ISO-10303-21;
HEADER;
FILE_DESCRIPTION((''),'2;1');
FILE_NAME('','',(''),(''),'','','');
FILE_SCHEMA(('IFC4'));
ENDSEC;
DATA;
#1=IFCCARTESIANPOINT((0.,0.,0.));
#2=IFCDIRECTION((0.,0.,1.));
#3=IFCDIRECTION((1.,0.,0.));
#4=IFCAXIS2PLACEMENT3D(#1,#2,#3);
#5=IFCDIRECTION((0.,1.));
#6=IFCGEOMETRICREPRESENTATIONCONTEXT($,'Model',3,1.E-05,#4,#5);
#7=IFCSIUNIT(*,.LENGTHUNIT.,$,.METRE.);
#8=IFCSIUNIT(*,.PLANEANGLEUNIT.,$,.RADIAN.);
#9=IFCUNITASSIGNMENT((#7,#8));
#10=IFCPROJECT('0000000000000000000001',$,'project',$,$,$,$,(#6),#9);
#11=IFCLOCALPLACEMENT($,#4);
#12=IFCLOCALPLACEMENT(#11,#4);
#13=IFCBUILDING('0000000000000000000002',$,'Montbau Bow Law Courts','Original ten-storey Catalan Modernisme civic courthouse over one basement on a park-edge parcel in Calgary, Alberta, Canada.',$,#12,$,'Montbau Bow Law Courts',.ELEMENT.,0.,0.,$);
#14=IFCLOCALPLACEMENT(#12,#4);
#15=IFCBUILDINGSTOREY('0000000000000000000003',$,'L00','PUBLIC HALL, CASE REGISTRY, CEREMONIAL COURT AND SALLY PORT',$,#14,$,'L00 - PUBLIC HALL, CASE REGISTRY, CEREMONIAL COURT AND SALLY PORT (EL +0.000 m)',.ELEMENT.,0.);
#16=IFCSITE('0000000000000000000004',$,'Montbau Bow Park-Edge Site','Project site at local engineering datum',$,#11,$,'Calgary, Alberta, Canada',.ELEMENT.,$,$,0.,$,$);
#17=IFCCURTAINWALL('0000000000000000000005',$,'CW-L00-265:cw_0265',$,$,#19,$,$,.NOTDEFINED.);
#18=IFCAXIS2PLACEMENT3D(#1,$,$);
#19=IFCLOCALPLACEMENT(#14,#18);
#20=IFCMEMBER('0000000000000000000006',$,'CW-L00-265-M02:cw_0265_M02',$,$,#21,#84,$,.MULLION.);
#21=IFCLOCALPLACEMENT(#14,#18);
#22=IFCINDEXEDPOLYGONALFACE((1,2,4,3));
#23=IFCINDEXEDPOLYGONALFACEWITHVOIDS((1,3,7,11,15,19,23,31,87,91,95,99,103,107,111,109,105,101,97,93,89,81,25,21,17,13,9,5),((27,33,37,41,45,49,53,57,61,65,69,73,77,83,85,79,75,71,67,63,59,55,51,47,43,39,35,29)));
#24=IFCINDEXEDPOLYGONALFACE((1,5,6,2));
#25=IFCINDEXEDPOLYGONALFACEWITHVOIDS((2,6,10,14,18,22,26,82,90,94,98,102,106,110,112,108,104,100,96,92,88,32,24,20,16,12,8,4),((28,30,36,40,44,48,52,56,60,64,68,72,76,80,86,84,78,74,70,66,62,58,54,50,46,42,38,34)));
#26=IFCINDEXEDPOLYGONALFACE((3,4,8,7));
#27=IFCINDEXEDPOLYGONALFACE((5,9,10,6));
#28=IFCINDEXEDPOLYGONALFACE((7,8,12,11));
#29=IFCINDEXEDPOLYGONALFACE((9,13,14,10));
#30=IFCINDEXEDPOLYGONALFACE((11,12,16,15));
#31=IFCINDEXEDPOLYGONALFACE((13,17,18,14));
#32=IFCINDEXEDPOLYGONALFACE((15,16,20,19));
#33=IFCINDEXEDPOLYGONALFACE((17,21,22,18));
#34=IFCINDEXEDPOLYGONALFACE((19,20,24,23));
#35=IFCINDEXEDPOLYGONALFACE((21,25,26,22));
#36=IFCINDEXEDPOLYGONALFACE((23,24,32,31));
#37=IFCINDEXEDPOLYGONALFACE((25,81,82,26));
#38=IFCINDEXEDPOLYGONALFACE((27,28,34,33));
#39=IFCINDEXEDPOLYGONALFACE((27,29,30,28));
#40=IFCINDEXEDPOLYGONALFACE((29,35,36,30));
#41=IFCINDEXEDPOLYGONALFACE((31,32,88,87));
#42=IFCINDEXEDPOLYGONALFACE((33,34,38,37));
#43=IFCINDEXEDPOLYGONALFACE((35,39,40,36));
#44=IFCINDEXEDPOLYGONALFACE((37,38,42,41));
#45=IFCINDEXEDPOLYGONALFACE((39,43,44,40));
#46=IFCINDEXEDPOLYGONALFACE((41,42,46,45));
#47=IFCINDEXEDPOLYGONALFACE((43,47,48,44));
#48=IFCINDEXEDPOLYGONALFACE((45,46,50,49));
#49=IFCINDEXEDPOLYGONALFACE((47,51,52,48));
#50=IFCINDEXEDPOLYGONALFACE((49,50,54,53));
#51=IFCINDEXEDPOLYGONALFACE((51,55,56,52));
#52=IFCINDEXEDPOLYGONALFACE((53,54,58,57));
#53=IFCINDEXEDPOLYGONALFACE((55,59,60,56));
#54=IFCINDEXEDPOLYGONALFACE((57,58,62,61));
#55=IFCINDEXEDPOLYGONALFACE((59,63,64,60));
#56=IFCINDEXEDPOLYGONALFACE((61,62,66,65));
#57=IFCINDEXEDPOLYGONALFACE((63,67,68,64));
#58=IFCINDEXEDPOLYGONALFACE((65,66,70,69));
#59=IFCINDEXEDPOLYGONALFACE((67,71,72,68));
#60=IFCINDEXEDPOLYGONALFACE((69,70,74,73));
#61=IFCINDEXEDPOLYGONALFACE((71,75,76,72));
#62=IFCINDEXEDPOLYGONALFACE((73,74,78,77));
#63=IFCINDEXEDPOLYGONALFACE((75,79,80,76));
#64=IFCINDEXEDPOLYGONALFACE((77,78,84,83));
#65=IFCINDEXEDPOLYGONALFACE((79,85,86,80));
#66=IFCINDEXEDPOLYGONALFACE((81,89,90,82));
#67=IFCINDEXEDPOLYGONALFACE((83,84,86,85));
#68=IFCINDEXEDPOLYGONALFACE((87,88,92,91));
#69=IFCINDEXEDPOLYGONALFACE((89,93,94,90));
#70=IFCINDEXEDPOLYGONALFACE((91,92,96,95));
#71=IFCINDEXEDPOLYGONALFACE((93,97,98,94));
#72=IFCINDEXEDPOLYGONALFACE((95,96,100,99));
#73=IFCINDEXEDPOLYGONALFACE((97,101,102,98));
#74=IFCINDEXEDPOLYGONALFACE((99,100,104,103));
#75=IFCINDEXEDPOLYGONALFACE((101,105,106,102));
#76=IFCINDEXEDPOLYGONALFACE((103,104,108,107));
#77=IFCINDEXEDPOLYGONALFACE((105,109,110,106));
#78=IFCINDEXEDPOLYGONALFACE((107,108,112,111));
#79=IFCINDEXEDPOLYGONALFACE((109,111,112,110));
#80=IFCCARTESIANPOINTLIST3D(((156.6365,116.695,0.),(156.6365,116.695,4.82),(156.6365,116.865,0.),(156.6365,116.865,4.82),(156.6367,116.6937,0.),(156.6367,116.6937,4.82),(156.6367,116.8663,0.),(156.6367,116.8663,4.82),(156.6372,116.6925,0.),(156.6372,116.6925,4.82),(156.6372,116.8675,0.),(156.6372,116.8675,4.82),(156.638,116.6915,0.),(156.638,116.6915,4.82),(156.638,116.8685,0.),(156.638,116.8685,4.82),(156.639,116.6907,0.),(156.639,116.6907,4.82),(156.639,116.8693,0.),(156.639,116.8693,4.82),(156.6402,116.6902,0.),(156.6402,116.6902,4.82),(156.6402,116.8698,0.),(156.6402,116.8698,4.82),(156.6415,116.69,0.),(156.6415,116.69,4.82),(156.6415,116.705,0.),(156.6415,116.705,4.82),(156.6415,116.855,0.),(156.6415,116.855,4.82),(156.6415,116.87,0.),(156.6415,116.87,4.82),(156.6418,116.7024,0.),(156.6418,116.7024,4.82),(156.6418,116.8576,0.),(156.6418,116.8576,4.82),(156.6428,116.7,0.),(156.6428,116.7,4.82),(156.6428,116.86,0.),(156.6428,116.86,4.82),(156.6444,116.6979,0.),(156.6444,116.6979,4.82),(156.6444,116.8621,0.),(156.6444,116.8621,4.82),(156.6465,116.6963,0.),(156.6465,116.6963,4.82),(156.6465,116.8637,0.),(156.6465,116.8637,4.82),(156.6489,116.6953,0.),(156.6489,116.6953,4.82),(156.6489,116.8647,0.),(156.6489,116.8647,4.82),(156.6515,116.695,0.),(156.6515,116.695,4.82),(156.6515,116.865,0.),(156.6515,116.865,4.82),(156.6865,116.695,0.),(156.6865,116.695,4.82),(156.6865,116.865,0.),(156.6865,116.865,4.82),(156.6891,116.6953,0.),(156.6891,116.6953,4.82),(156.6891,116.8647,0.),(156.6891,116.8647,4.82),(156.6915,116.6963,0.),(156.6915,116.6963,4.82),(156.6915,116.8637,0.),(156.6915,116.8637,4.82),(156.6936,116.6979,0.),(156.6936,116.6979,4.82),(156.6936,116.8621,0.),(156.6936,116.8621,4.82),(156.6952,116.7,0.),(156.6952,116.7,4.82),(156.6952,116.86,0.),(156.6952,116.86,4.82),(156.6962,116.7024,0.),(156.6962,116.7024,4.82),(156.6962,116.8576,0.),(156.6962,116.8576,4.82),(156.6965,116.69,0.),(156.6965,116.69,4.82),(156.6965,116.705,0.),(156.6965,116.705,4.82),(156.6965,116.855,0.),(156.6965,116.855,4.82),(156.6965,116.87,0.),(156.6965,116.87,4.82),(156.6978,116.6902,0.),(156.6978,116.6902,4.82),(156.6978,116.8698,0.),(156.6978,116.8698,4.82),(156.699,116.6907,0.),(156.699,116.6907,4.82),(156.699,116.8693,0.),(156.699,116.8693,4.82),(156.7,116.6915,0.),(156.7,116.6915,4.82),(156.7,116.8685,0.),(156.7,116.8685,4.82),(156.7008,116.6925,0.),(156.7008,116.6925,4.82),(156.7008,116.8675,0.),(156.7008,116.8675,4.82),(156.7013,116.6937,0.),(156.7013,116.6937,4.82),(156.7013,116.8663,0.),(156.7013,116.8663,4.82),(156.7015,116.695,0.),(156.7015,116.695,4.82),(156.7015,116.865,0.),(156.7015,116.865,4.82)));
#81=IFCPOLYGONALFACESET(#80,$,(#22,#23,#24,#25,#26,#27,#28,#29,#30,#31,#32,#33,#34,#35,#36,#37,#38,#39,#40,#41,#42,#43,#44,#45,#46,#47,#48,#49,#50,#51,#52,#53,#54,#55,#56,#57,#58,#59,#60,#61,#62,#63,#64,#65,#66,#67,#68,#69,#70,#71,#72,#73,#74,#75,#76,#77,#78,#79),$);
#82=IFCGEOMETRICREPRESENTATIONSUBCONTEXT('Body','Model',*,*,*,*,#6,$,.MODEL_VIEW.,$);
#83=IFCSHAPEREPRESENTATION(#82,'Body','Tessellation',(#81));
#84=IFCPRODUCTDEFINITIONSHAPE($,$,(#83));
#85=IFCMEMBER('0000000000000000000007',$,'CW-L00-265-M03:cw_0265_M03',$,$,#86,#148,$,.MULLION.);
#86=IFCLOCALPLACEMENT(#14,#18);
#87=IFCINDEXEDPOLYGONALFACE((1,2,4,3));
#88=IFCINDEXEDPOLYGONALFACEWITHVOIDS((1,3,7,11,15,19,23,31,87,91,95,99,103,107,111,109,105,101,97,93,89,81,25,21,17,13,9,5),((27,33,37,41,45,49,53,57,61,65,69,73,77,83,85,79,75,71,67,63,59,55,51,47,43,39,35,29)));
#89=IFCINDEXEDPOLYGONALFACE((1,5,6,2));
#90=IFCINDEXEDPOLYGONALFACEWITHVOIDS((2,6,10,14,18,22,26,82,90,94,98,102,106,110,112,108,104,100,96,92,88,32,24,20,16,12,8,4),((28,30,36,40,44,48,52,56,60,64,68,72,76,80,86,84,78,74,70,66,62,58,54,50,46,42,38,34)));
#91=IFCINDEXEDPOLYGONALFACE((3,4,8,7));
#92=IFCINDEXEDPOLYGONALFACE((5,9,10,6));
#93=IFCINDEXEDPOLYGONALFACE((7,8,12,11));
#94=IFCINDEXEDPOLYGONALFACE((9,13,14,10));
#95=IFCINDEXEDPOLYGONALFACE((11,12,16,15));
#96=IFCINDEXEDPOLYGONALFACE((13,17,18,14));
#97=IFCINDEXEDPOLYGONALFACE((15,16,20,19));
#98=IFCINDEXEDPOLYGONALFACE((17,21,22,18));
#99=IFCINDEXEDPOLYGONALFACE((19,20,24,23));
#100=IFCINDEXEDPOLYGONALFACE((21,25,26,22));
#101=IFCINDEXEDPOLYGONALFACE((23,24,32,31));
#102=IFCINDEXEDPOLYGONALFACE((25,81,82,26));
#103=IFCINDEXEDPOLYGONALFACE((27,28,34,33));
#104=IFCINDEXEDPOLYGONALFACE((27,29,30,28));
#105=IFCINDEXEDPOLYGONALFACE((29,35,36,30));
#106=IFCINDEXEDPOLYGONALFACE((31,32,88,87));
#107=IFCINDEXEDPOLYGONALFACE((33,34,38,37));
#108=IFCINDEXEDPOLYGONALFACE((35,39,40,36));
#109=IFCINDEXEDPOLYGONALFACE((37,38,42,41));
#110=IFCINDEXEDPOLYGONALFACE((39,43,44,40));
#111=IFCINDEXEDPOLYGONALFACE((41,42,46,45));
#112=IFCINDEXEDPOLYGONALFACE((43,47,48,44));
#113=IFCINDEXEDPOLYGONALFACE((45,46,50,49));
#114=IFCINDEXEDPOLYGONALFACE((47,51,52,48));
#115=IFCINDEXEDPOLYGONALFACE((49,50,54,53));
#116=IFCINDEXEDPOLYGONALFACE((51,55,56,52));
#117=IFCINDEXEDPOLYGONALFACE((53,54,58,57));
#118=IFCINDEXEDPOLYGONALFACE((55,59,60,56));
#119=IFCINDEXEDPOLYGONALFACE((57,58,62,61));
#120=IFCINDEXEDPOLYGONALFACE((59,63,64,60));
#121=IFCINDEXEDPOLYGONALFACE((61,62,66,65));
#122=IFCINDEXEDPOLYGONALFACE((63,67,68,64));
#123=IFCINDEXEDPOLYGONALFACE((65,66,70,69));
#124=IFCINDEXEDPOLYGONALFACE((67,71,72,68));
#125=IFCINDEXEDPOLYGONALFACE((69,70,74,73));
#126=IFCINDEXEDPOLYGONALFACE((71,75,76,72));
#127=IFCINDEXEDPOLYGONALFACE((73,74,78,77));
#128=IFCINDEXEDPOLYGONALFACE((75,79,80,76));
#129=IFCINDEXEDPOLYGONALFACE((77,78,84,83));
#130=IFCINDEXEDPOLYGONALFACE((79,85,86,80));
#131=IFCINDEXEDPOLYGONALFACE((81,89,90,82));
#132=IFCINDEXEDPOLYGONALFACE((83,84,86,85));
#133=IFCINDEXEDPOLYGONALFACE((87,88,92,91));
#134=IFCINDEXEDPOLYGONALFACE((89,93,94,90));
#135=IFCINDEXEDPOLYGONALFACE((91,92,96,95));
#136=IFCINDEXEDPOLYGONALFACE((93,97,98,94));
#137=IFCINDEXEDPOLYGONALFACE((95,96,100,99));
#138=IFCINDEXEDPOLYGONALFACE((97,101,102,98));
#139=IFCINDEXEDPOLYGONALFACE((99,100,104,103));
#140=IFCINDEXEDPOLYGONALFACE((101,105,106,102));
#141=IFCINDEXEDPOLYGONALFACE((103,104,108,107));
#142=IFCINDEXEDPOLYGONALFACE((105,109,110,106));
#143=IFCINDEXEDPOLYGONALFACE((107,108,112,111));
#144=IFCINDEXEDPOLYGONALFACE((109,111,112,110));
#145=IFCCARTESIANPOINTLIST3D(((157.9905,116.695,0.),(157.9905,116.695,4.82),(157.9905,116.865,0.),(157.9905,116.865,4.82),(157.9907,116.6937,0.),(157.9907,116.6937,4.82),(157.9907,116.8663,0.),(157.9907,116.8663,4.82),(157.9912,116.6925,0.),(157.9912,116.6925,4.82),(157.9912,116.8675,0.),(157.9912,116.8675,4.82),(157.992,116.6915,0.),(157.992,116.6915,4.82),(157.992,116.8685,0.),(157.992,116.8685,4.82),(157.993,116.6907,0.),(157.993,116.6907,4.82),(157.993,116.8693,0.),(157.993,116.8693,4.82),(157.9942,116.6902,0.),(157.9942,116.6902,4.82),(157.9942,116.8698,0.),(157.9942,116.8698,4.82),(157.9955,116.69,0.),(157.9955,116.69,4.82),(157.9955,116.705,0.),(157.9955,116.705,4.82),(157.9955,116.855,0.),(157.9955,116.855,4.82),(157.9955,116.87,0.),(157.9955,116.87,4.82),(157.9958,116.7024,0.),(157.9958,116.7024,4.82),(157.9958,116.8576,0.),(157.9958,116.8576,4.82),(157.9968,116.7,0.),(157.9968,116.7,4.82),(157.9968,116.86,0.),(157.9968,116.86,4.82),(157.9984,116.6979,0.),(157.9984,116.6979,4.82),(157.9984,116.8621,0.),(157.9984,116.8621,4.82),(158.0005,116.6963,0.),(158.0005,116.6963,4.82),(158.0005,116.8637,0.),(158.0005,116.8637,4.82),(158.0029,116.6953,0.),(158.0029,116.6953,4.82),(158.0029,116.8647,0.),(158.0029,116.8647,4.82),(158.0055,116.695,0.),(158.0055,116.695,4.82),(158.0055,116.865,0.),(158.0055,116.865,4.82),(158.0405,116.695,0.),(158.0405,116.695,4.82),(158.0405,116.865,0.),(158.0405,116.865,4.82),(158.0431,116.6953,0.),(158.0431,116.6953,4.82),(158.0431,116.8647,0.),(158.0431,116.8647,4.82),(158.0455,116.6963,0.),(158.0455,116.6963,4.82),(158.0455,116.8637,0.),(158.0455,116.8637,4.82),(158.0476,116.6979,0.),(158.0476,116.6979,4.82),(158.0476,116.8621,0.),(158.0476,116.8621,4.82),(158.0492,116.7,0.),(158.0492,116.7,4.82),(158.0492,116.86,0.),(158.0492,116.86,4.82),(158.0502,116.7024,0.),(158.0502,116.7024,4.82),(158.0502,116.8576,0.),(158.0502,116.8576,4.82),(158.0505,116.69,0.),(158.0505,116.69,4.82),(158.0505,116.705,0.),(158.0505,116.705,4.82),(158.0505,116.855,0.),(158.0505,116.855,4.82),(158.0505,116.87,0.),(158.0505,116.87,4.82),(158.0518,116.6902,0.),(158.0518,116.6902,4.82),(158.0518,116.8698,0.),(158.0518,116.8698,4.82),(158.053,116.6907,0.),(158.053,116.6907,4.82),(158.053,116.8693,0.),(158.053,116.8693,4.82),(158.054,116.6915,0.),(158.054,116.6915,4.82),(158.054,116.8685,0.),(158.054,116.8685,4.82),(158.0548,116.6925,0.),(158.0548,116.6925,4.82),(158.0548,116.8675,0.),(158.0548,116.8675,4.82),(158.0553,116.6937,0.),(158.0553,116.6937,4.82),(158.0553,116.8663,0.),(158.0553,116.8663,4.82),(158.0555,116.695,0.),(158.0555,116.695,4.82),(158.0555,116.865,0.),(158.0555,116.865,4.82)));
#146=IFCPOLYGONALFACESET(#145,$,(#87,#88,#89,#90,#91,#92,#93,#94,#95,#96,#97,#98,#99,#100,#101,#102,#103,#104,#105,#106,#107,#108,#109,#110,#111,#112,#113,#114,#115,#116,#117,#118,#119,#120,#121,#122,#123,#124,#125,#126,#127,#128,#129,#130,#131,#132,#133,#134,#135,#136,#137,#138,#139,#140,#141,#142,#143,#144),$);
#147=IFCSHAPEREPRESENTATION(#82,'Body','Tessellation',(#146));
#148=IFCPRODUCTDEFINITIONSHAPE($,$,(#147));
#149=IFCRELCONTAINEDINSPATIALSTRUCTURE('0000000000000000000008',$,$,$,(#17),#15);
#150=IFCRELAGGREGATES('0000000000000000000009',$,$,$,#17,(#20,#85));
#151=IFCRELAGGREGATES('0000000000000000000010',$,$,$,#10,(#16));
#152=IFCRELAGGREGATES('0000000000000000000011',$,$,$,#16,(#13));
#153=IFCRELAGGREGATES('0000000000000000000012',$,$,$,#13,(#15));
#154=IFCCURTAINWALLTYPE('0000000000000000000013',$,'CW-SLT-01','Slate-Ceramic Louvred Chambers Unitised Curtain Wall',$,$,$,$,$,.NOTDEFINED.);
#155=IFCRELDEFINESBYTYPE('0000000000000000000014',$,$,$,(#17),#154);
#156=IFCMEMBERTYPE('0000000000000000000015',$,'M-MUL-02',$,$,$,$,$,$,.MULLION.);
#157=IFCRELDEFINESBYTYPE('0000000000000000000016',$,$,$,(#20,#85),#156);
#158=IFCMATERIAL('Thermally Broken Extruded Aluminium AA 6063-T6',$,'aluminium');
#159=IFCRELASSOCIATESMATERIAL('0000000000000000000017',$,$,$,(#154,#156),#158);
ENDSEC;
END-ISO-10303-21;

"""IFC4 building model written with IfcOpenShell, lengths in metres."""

from ifc_helpers import new_model, si_unit, direction, frame, origin_with_axes, origin_2d_with_axis, place, context, subcontext, project, spatial, hollow_rectangle, extrude, material, material_profile, profile_set, type_object, element, aggregate, save


model = new_model("IFC4")

# Units and contexts
model_context = context("Model", 3, precision=1e-05, world=origin_with_axes(), true_north=direction((0.0, 1.0)))
body_context = subcontext(model_context, "Body", "Model", "MODEL_VIEW")
ifc_project = project(units=[si_unit("LENGTHUNIT", "METRE"), si_unit("PLANEANGLEUNIT", "RADIAN")], contexts=[model_context])

# Site, building, storey
site_placement = place(None, origin_with_axes())
site = spatial("IfcSite", under=ifc_project, at=site_placement, Name="Montbau Bow Park-Edge Site", Description="Project site at local engineering datum", LongName="Calgary, Alberta, Canada", CompositionType="ELEMENT", RefElevation=0.0)
building_placement = place(site_placement, origin_with_axes())
building = spatial("IfcBuilding", under=site, at=building_placement, Name="Montbau Bow Law Courts", Description="Original ten-storey Catalan Modernisme civic courthouse over one basement on a park-edge parcel in Calgary, Alberta, Canada.", LongName="Montbau Bow Law Courts", CompositionType="ELEMENT", ElevationOfRefHeight=0.0, ElevationOfTerrain=0.0)
storey_placement = place(building_placement, origin_with_axes())
storey = spatial("IfcBuildingStorey", under=building, at=storey_placement, Name="L00", Description="PUBLIC HALL, CASE REGISTRY, CEREMONIAL COURT AND SALLY PORT", LongName="L00 - PUBLIC HALL, CASE REGISTRY, CEREMONIAL COURT AND SALLY PORT (EL +0.000 m)", CompositionType="ELEMENT", Elevation=0.0)

# Curtain wall, members
ifc_material_1 = material(Name="Thermally Broken Extruded Aluminium AA 6063-T6", Category="aluminium")
curtain_wall_type = type_object("IfcCurtainWallType", Name="CW-SLT-01", Description="Slate-Ceramic Louvred Chambers Unitised Curtain Wall", PredefinedType="NOTDEFINED", material=ifc_material_1)
curtain_wall_placement = place(None, frame((155.315, 116.78, 0.0), z_axis=(0.0, 0.0, 1.0), x_axis=(1.0, 0.0, 0.0)))
curtain_wall = element("IfcCurtainWall", 1, at=curtain_wall_placement, inside=storey, type_object=curtain_wall_type, Name="CW-L00-265:cw_0265", PredefinedType="NOTDEFINED")
ifc_material_profile_1 = material_profile(ifc_material_1, hollow_rectangle(XDim=0.065, YDim=0.18, WallThickness=0.005, InnerFilletRadius=0.01, OuterFilletRadius=0.005, at=origin_2d_with_axis()), Name="CWM-180X65", Category="Main", Priority=0)
ifc_profile_set_1 = profile_set([ifc_material_profile_1], Name="Thermally Broken Extruded Aluminium AA 6063-T6")
member_type_1 = type_object("IfcMemberType", Name="M-MUL-02", PredefinedType="MULLION", material=ifc_profile_set_1)
member_1_placement = place(None, frame((156.669, 116.78, 0.0), z_axis=(0.0, 0.0, 1.0), x_axis=(1.0, 0.0, 0.0)))
member_1 = element("IfcMember", 2, at=member_1_placement, type_object=member_type_1, Name="CW-L00-265-M02:cw_0265_M02", PredefinedType="MULLION", context=body_context, shape_type="SweptSolid", body=[
    extrude(hollow_rectangle(XDim=0.065, YDim=0.18, WallThickness=0.005, InnerFilletRadius=0.01, OuterFilletRadius=0.005, at=origin_2d_with_axis()), origin_with_axes(), (0.0, 0.0, 1.0), 4.82),
])
member_2_placement = place(None, frame((158.023, 116.78, 0.0), z_axis=(0.0, 0.0, 1.0), x_axis=(1.0, 0.0, 0.0)))
member_2 = element("IfcMember", 3, at=member_2_placement, type_object=member_type_1, Name="CW-L00-265-M03:cw_0265_M03", PredefinedType="MULLION", context=body_context, shape_type="SweptSolid", body=[
    extrude(hollow_rectangle(XDim=0.065, YDim=0.18, WallThickness=0.005, InnerFilletRadius=0.01, OuterFilletRadius=0.005, at=origin_2d_with_axis()), origin_with_axes(), (0.0, 0.0, 1.0), 4.82),
])
aggregate(curtain_wall, [member_1, member_2])

save(model, "model.ifc")
